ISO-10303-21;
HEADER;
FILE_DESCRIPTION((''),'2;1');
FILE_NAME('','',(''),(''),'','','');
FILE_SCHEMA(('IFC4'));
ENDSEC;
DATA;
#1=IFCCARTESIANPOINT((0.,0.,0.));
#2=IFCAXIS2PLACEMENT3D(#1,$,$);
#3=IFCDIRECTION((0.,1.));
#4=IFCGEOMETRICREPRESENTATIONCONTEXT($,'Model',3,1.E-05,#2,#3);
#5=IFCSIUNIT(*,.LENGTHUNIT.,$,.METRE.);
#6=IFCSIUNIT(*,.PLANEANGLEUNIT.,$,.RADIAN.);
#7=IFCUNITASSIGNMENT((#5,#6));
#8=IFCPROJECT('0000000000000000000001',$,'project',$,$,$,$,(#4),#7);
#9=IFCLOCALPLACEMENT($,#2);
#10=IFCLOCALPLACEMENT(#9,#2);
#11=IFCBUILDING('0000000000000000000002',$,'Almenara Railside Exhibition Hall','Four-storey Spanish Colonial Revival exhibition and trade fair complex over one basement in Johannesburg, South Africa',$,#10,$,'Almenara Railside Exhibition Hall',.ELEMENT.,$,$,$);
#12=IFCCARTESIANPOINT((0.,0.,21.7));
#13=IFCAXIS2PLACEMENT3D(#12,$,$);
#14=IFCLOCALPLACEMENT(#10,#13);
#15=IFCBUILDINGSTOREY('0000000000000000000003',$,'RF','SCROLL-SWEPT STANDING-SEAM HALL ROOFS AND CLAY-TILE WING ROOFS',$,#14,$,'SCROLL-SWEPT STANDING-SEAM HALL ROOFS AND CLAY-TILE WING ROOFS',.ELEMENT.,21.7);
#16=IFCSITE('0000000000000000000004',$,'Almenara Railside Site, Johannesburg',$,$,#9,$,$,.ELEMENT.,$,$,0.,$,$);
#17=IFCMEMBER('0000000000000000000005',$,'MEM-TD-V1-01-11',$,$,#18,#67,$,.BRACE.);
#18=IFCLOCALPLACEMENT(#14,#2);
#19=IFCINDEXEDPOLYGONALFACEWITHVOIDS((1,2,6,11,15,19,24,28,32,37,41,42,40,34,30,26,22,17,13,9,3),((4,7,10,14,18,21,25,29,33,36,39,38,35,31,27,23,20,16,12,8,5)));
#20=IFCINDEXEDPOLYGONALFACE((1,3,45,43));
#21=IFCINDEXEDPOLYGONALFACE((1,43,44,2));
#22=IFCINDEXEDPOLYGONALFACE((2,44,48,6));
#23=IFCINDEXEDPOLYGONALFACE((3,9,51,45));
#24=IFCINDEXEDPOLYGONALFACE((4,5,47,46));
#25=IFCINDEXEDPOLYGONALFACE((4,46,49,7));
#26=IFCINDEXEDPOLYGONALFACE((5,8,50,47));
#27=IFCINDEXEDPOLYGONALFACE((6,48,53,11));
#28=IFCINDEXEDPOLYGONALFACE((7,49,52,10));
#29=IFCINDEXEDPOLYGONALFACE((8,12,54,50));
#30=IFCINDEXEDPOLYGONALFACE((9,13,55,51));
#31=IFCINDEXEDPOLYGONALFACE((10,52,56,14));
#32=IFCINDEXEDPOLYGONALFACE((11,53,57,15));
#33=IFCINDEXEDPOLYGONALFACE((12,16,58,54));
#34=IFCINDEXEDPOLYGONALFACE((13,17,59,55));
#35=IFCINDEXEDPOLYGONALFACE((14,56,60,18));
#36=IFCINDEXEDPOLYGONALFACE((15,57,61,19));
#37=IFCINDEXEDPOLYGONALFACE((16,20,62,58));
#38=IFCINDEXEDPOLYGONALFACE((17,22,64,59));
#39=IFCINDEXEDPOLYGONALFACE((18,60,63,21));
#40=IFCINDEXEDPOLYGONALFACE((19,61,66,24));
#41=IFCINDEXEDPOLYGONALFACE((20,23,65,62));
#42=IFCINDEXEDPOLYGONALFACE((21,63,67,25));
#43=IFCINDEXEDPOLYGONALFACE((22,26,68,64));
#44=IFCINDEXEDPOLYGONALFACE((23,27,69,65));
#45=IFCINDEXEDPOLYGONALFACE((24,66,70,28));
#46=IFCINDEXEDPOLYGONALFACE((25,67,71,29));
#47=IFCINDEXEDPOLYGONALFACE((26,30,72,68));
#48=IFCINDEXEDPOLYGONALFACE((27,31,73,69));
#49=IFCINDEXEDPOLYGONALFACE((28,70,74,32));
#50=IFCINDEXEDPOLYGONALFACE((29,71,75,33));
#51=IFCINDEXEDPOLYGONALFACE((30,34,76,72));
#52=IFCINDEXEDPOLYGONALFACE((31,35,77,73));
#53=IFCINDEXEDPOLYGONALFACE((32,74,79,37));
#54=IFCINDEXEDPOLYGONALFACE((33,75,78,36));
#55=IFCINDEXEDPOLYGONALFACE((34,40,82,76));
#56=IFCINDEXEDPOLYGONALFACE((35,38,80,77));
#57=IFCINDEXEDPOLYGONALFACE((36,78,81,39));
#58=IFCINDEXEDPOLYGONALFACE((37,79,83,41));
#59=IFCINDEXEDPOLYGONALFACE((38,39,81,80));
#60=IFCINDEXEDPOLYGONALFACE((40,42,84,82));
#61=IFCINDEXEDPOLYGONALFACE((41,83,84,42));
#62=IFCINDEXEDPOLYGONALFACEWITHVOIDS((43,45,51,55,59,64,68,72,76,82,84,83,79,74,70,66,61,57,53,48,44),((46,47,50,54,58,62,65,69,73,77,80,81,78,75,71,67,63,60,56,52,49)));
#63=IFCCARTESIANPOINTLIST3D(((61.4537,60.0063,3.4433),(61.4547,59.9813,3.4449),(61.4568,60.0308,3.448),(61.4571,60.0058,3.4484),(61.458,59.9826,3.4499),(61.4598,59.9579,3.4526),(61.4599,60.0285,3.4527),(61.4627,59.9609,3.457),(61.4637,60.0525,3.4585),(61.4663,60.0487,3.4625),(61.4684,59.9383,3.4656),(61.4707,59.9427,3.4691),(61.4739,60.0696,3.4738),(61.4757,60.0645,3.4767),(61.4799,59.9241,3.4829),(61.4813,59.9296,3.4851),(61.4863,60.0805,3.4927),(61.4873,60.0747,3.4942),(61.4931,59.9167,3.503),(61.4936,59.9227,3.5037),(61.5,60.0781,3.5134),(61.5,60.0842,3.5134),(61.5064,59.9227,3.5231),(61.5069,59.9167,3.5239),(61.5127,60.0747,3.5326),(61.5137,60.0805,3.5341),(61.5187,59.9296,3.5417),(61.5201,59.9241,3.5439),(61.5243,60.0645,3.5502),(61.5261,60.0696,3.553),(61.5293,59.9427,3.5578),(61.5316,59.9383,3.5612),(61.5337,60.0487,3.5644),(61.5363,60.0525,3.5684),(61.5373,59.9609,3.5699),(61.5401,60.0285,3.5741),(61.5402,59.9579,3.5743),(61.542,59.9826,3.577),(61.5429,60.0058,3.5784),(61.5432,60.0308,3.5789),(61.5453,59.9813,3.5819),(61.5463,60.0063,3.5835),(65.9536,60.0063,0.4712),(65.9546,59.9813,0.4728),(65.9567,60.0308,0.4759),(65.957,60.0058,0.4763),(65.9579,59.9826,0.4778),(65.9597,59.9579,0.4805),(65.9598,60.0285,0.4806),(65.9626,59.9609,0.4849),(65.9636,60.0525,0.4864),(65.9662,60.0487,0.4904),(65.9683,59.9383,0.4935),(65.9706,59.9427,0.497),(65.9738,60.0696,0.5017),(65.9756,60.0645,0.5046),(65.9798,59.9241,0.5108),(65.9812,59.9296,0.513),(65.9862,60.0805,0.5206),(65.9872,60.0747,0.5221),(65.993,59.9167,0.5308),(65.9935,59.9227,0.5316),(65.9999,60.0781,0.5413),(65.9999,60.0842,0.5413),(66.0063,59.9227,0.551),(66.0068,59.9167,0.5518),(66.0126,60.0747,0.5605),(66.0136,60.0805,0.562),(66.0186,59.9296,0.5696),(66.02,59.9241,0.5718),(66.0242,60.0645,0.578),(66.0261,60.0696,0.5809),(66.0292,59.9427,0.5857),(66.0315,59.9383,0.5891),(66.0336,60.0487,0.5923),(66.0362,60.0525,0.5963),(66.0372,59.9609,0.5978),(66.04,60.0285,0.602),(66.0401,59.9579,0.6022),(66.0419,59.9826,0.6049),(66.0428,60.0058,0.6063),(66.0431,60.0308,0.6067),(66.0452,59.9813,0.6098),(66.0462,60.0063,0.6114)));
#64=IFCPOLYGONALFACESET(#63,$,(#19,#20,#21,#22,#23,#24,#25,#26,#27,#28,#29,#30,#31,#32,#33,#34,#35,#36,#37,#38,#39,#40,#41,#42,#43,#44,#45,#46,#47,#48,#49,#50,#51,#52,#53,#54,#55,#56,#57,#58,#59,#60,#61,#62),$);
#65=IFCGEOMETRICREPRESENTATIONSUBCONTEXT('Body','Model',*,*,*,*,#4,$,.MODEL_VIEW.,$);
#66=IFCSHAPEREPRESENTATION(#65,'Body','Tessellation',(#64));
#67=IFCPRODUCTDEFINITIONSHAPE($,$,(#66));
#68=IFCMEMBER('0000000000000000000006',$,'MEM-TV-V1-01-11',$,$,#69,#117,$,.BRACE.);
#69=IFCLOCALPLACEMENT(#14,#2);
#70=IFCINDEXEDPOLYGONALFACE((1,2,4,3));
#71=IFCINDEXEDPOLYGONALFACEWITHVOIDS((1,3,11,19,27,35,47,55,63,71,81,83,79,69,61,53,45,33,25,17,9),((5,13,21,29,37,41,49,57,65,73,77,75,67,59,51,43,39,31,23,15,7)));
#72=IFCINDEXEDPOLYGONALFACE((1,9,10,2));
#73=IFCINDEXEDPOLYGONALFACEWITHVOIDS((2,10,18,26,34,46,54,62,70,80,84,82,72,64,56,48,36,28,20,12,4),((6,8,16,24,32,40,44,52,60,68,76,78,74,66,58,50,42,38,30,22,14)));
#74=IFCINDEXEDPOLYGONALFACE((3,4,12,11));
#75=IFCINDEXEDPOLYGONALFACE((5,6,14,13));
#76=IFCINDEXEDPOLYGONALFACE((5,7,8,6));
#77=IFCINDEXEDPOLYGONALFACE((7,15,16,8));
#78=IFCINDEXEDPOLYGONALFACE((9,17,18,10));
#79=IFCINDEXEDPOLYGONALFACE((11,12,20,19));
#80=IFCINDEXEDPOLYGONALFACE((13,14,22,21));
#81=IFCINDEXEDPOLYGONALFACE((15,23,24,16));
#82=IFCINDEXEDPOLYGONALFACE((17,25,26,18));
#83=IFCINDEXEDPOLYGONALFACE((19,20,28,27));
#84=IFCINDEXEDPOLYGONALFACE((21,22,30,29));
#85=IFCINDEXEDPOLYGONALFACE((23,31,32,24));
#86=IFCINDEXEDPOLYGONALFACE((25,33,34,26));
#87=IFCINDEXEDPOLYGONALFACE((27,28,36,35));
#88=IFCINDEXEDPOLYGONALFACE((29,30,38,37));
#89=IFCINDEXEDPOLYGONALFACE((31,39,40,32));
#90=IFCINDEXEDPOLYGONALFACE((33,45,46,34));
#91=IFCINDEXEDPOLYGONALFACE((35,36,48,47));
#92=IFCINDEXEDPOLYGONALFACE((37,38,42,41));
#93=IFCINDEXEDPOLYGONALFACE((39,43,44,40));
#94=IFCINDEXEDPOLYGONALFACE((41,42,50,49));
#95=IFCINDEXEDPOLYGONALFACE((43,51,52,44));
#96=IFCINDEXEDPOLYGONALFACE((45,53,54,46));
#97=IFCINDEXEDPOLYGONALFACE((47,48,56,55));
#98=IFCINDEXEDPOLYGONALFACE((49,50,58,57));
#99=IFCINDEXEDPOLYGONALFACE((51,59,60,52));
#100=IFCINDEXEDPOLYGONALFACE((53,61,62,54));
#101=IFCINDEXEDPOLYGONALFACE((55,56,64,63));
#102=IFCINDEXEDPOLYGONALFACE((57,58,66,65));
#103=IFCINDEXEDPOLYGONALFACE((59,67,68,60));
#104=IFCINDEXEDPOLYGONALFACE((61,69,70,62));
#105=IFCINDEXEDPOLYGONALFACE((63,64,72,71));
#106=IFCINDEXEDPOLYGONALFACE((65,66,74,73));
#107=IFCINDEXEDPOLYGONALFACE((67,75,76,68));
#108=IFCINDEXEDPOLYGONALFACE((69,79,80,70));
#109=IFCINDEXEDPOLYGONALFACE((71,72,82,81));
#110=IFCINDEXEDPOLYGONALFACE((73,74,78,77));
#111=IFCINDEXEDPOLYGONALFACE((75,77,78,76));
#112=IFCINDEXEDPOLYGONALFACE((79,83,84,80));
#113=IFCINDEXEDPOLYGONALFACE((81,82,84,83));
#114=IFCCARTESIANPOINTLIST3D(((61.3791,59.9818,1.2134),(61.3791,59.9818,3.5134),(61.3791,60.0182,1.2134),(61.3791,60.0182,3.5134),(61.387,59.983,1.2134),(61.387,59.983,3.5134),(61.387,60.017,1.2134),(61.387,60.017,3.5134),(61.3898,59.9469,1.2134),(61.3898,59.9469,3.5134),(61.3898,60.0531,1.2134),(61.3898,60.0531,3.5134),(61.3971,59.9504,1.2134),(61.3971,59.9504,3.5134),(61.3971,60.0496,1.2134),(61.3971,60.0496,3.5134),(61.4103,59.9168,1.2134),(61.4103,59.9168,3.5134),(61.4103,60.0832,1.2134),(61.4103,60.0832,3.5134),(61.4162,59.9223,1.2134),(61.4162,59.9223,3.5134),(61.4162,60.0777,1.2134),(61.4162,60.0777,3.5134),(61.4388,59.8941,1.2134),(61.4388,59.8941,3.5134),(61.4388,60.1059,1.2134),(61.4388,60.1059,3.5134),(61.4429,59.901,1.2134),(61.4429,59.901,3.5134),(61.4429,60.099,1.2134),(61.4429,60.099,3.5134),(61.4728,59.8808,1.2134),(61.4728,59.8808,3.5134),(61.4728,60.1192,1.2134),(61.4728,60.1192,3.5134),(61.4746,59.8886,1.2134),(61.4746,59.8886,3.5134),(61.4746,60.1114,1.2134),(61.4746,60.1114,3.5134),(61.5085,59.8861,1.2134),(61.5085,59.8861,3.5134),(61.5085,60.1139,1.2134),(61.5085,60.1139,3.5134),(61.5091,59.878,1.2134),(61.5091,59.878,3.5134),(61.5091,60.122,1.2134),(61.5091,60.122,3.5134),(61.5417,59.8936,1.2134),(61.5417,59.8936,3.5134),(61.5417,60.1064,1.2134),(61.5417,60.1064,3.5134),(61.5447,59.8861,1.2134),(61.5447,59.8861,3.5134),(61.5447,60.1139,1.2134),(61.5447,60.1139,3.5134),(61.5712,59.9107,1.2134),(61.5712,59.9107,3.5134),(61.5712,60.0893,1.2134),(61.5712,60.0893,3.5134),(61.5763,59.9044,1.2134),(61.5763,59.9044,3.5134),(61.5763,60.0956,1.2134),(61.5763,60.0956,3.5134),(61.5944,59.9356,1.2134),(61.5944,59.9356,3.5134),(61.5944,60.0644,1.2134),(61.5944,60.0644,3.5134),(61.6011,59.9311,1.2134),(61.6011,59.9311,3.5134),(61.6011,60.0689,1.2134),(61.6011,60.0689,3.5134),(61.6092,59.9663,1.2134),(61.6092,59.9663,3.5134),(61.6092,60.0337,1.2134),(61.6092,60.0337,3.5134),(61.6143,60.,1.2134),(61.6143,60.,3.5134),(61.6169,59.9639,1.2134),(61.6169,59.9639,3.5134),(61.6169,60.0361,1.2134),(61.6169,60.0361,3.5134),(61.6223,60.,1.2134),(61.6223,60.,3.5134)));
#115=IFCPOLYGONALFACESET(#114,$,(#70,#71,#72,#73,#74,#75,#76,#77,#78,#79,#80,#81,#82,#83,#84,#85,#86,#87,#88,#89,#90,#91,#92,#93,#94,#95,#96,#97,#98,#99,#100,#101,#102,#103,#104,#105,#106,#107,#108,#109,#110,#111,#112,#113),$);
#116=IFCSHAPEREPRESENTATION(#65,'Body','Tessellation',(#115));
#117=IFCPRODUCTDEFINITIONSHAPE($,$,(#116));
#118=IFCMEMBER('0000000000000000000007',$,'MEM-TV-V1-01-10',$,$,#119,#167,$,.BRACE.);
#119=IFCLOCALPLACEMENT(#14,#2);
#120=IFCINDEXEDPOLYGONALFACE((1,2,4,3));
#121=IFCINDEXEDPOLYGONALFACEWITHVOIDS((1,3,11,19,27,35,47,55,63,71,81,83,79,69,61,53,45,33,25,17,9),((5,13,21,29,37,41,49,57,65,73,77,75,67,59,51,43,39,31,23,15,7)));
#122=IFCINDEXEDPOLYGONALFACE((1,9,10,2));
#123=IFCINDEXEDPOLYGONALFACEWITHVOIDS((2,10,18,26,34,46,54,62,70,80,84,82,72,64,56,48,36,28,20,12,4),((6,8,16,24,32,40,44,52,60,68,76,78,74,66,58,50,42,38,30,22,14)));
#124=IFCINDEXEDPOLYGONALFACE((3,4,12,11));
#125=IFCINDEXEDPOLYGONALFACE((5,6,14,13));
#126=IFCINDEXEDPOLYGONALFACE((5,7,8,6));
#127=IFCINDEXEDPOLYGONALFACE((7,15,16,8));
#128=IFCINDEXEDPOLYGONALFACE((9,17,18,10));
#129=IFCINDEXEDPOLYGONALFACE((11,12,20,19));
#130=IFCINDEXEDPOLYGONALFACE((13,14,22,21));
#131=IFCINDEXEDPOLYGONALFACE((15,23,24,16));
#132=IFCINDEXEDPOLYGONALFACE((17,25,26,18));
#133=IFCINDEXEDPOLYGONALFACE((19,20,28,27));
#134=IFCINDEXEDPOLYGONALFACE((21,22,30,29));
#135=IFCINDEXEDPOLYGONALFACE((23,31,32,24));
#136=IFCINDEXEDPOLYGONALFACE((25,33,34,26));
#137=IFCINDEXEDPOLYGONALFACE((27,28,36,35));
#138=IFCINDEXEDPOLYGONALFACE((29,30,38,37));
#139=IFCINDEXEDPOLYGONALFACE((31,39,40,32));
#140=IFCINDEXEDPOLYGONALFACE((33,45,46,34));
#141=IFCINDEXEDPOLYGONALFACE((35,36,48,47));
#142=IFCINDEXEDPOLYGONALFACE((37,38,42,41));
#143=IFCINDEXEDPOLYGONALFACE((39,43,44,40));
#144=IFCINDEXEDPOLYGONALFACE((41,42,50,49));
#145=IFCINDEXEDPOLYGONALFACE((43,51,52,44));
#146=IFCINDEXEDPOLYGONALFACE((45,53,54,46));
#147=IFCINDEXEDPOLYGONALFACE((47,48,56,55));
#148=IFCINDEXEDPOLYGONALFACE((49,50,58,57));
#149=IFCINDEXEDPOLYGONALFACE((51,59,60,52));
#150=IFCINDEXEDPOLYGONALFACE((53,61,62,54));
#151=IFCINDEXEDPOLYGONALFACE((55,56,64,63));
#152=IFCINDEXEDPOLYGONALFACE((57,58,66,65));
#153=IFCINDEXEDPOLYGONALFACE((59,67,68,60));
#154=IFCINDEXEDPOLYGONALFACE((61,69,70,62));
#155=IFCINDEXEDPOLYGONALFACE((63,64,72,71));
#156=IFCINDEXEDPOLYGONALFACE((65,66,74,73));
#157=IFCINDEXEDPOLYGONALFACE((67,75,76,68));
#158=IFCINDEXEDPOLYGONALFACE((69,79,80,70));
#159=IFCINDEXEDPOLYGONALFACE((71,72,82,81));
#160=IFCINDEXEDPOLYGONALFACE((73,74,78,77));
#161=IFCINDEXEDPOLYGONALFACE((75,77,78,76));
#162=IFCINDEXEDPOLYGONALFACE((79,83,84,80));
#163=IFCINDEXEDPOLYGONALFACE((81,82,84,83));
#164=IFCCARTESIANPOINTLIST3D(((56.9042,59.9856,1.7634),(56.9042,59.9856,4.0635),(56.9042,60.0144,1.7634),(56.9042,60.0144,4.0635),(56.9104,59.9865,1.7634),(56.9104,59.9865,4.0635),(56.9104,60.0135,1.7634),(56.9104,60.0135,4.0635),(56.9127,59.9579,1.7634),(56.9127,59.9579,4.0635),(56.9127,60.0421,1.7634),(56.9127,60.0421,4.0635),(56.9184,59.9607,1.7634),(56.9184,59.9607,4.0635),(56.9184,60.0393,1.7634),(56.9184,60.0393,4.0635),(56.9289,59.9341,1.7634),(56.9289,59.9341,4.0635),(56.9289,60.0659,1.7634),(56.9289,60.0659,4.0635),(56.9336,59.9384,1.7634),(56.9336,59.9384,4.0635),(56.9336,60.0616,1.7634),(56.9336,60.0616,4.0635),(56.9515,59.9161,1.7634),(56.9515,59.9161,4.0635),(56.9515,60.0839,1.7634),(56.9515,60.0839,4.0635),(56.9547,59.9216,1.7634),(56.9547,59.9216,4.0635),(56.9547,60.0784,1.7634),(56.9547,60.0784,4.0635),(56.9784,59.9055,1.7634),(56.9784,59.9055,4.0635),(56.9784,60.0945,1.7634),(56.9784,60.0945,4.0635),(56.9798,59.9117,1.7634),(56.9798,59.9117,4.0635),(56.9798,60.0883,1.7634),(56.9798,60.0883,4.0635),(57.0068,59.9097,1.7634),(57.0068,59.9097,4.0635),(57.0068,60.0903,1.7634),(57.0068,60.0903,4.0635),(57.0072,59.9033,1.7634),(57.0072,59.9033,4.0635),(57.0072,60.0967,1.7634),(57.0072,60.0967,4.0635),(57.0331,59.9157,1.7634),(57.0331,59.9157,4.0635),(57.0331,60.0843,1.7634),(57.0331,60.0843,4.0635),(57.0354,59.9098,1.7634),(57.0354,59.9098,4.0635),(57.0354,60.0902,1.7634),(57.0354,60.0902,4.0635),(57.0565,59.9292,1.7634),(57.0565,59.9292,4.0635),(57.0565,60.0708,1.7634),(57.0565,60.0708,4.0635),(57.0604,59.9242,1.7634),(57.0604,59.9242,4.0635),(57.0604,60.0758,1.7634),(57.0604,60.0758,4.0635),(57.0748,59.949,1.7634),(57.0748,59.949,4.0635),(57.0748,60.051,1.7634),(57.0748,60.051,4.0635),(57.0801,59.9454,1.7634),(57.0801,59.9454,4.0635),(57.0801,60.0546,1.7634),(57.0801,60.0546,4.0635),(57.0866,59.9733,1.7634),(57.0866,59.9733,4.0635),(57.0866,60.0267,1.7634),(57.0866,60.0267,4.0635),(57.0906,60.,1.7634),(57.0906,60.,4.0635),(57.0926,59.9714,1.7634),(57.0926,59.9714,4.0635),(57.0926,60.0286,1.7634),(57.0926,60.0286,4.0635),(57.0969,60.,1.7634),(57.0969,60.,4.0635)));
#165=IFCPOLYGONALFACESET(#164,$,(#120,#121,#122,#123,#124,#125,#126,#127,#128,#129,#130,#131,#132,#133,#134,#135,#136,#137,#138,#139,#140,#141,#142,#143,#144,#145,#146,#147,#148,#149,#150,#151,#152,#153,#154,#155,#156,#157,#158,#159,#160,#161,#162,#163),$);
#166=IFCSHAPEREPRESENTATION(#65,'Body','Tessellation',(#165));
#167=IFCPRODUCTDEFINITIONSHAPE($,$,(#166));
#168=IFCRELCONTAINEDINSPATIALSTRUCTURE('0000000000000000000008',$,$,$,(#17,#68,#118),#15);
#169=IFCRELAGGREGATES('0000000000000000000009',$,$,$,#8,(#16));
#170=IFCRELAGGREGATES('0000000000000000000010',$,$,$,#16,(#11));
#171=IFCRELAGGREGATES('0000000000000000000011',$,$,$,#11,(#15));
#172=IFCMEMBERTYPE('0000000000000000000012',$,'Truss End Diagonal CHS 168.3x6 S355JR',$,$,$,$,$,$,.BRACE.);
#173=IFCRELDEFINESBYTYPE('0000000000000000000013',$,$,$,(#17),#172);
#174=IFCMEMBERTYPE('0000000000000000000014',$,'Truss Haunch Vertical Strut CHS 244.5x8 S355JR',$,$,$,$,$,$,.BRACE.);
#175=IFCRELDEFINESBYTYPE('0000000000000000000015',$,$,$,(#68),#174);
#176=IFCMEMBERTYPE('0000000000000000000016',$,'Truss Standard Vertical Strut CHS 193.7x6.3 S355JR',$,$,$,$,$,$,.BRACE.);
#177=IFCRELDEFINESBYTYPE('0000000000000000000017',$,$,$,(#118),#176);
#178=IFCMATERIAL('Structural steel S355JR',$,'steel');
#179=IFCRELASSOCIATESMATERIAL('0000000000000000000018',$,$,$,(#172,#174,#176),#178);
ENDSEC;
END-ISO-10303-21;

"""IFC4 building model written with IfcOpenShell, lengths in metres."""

from ifc_helpers import new_model, si_unit, direction, frame, origin, origin_2d, place, context, subcontext, project, spatial, hollow_circle, extrude, material, material_profile, profile_set, type_object, element, save


model = new_model("IFC4")

# Units and contexts
model_context = context("Model", 3, precision=1e-05, world=origin(), true_north=direction((0.0, 1.0)))
body_context = subcontext(model_context, "Body", "Model", "MODEL_VIEW")
ifc_project = project(units=[si_unit("LENGTHUNIT", "METRE"), si_unit("PLANEANGLEUNIT", "RADIAN")], contexts=[model_context])

# Site, building, storey
site_placement = place(None, origin())
site = spatial("IfcSite", under=ifc_project, at=site_placement, Name="Almenara Railside Site, Johannesburg", CompositionType="ELEMENT", RefElevation=0.0)
building_placement = place(site_placement, origin())
building = spatial("IfcBuilding", under=site, at=building_placement, Name="Almenara Railside Exhibition Hall", Description="Four-storey Spanish Colonial Revival exhibition and trade fair complex over one basement in Johannesburg, South Africa", LongName="Almenara Railside Exhibition Hall", CompositionType="ELEMENT")
storey_placement = place(building_placement, frame((0.0, 0.0, 21.7)))
storey = spatial("IfcBuildingStorey", under=building, at=storey_placement, Name="RF", Description="SCROLL-SWEPT STANDING-SEAM HALL ROOFS AND CLAY-TILE WING ROOFS", LongName="SCROLL-SWEPT STANDING-SEAM HALL ROOFS AND CLAY-TILE WING ROOFS", CompositionType="ELEMENT", Elevation=21.7)

# Shared definitions
ifc_material_1 = material(Name="Structural steel S355JR", Category="steel")

# Members
ifc_material_profile_1 = material_profile(ifc_material_1, hollow_circle(Radius=0.0842, WallThickness=0.0061, at=origin_2d()), Name="CHS 168.3x6")
ifc_profile_set_1 = profile_set([ifc_material_profile_1], Name="Structural steel S355JR")
member_type_1 = type_object("IfcMemberType", Name="Truss End Diagonal CHS 168.3x6 S355JR", PredefinedType="BRACE", material=ifc_profile_set_1)
member_1_placement = place(storey_placement, frame((61.5, 60.0, 3.5134), z_axis=(0.834425, 0.0, -0.551122), x_axis=(0.0, 1.0, 0.0)))
element("IfcMember", 1, at=member_1_placement, inside=storey, type_object=member_type_1, Name="MEM-TD-V1-01-11", PredefinedType="BRACE", context=body_context, shape_type="SweptSolid", body=[
    extrude(hollow_circle(Radius=0.0842, WallThickness=0.0061, at=origin_2d()), origin(), (0.0, 0.0, 1.0), 5.3928),
])
ifc_material_profile_2 = material_profile(ifc_material_1, hollow_circle(Radius=0.1223, WallThickness=0.0081, at=origin_2d()), Name="CHS 244.5x8")
ifc_profile_set_2 = profile_set([ifc_material_profile_2], Name="Structural steel S355JR")
member_type_2 = type_object("IfcMemberType", Name="Truss Haunch Vertical Strut CHS 244.5x8 S355JR", PredefinedType="BRACE", material=ifc_profile_set_2)
member_2_placement = place(storey_placement, frame((61.5, 60.0, 1.2134), z_axis=(0.0, 0.0, 1.0), x_axis=(1.0, 0.0, 0.0)))
element("IfcMember", 2, at=member_2_placement, inside=storey, type_object=member_type_2, Name="MEM-TV-V1-01-11", PredefinedType="BRACE", context=body_context, shape_type="SweptSolid", body=[
    extrude(hollow_circle(Radius=0.1223, WallThickness=0.0081, at=origin_2d()), origin(), (0.0, 0.0, 1.0), 2.3),
])
ifc_material_profile_3 = material_profile(ifc_material_1, hollow_circle(Radius=0.0969, WallThickness=0.0063, at=origin_2d()), Name="CHS 193.7x6.3")
ifc_profile_set_3 = profile_set([ifc_material_profile_3], Name="Structural steel S355JR")
member_type_3 = type_object("IfcMemberType", Name="Truss Standard Vertical Strut CHS 193.7x6.3 S355JR", PredefinedType="BRACE", material=ifc_profile_set_3)
member_3_placement = place(storey_placement, frame((57.0, 60.0, 1.7634), z_axis=(0.0, 0.0, 1.0), x_axis=(1.0, 0.0, 0.0)))
element("IfcMember", 3, at=member_3_placement, inside=storey, type_object=member_type_3, Name="MEM-TV-V1-01-10", PredefinedType="BRACE", context=body_context, shape_type="SweptSolid", body=[
    extrude(hollow_circle(Radius=0.0969, WallThickness=0.0063, at=origin_2d()), origin(), (0.0, 0.0, 1.0), 2.3),
])

save(model, "model.ifc")
